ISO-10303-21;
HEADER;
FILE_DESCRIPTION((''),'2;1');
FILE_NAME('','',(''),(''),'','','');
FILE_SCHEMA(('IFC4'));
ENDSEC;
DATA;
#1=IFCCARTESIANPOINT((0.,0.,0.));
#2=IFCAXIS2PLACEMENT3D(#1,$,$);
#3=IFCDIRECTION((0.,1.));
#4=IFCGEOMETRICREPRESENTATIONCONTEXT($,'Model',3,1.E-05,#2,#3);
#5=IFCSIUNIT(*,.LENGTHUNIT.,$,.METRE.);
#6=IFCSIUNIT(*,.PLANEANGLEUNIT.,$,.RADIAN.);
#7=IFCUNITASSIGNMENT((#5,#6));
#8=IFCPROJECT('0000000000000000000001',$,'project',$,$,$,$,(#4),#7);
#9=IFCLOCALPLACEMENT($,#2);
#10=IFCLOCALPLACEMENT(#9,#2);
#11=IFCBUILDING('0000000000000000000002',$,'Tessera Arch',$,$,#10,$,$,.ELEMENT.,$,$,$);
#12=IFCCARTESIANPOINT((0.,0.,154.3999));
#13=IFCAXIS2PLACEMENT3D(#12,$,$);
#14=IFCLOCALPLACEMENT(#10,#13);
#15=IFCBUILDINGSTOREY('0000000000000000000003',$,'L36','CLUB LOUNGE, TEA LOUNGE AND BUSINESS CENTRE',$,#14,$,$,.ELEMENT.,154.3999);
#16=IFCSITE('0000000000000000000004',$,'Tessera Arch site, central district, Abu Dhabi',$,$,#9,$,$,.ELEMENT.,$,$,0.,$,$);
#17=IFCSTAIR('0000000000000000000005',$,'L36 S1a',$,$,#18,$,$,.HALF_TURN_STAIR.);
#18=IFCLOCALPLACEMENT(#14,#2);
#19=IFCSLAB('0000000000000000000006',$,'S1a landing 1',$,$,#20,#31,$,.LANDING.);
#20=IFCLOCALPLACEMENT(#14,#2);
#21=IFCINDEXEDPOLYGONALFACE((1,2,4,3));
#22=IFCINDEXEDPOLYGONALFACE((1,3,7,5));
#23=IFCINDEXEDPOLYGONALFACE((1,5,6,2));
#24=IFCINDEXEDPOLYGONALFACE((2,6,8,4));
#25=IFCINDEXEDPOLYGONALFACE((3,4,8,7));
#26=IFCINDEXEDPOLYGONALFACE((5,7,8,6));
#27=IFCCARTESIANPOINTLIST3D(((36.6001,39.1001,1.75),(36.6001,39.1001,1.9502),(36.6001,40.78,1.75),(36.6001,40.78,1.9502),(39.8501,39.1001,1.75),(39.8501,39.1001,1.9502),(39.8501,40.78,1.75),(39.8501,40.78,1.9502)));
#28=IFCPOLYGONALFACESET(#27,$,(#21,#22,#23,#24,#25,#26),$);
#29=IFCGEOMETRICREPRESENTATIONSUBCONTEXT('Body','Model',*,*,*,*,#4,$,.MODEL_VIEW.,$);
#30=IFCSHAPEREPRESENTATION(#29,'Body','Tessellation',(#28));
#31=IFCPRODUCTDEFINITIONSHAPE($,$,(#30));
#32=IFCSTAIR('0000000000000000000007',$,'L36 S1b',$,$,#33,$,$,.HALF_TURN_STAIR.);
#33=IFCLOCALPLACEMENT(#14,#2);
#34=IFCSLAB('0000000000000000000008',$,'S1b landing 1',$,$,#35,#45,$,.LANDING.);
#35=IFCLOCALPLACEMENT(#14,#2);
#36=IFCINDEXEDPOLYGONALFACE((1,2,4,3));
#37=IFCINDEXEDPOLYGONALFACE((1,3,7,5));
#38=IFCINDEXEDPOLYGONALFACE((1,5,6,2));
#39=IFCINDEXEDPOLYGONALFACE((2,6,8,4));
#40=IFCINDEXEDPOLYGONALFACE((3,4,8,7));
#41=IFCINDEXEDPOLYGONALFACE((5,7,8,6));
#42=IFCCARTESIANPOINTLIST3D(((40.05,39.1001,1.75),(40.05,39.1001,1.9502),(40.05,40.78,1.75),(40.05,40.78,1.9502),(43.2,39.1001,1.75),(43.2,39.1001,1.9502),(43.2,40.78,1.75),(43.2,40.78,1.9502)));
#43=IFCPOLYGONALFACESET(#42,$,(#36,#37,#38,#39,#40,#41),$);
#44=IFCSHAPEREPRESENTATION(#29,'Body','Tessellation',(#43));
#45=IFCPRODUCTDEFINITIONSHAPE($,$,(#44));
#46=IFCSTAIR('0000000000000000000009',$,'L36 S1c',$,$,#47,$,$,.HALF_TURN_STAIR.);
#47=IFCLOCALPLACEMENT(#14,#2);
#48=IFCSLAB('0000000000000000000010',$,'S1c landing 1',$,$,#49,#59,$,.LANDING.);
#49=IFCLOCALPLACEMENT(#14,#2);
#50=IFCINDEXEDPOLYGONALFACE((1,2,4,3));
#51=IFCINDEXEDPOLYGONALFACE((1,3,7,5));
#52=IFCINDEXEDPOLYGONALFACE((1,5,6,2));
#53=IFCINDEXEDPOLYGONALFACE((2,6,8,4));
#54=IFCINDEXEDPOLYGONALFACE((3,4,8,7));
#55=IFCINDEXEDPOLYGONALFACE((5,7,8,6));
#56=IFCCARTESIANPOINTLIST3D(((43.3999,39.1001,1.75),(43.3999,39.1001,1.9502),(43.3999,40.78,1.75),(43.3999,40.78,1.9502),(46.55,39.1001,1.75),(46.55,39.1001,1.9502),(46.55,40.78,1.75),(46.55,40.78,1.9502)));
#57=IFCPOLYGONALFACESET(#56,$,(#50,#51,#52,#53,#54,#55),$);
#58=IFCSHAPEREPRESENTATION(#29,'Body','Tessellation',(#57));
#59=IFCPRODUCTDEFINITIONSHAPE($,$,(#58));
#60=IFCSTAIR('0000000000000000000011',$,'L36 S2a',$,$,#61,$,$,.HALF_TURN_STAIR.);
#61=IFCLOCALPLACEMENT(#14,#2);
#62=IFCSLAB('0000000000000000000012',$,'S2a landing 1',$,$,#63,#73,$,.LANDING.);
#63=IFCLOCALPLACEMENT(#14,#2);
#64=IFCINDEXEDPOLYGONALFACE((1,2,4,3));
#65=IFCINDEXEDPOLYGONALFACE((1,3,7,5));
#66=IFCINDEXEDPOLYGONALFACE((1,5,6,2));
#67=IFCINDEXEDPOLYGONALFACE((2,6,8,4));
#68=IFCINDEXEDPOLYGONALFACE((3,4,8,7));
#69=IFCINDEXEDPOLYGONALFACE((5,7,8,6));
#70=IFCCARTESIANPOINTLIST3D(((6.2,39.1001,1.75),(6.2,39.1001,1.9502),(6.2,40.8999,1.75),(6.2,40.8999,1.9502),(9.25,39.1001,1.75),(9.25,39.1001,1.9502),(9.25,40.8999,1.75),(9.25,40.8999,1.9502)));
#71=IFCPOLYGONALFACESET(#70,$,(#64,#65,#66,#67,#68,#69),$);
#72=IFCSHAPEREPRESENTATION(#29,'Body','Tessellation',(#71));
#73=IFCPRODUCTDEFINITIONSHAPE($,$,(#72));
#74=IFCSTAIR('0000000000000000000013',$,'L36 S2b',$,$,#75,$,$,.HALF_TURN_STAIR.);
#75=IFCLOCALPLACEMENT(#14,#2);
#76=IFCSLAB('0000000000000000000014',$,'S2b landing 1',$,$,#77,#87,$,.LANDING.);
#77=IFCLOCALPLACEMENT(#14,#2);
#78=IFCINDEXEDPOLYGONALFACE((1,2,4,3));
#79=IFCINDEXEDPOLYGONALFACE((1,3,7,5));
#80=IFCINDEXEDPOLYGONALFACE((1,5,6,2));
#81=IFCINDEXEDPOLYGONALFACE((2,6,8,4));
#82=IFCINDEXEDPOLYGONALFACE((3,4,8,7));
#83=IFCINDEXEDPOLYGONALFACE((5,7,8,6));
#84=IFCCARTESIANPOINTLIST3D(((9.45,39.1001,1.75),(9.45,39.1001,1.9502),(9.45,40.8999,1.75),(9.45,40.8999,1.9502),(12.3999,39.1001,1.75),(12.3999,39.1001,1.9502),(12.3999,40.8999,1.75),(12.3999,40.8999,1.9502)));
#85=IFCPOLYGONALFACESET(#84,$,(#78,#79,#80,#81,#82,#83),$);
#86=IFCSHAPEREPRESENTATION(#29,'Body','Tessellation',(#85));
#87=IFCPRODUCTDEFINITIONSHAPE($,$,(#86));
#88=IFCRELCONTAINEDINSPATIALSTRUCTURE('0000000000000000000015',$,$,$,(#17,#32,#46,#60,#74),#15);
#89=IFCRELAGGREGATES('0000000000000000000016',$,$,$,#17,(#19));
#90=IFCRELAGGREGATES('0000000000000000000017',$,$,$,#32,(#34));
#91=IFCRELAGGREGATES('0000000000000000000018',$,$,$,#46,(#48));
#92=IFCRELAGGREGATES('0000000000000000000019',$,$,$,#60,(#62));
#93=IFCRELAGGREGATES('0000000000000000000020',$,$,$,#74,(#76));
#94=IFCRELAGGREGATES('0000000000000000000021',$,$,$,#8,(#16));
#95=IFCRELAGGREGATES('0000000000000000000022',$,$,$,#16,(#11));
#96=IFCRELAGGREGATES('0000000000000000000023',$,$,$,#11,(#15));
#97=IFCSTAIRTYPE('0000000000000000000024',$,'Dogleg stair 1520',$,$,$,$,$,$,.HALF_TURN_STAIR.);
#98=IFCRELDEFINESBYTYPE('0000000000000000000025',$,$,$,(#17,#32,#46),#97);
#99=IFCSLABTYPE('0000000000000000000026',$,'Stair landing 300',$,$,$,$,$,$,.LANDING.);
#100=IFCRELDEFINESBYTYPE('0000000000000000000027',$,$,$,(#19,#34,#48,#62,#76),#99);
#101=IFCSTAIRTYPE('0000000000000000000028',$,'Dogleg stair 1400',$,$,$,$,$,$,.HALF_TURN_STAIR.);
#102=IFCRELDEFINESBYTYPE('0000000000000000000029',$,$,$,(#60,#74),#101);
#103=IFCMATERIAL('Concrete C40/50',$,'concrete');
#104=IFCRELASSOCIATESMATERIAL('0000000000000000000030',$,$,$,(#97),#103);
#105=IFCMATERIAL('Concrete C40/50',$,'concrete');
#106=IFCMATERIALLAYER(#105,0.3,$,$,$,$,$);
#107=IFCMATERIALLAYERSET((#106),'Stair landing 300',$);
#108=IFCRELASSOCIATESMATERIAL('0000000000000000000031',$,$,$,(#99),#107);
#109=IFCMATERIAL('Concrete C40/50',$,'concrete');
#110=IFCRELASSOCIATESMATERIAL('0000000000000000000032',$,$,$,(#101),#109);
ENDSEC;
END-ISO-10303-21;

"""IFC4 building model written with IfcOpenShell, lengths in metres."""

from ifc_helpers import new_model, si_unit, direction, frame, origin, place, context, subcontext, project, spatial, polyline, outline, extrude, material, layer, layer_set, type_object, element, aggregate, save


model = new_model("IFC4")

# Units and contexts
model_context = context("Model", 3, precision=1e-05, world=origin(), true_north=direction((0.0, 1.0)))
body_context = subcontext(model_context, "Body", "Model", "MODEL_VIEW")
ifc_project = project(units=[si_unit("LENGTHUNIT", "METRE"), si_unit("PLANEANGLEUNIT", "RADIAN")], contexts=[model_context])

# Site, building, storey
site_placement = place(None, origin())
site = spatial("IfcSite", under=ifc_project, at=site_placement, Name="Tessera Arch site, central district, Abu Dhabi", CompositionType="ELEMENT", RefElevation=0.0)
building_placement = place(site_placement, origin())
building = spatial("IfcBuilding", under=site, at=building_placement, Name="Tessera Arch", CompositionType="ELEMENT")
storey_placement = place(building_placement, frame((0.0, 0.0, 154.3999)))
storey = spatial("IfcBuildingStorey", under=building, at=storey_placement, Name="L36", Description="CLUB LOUNGE, TEA LOUNGE AND BUSINESS CENTRE", CompositionType="ELEMENT", Elevation=154.3999)

# Stairs, slabs
ifc_material_1 = material(Name="Concrete C40/50", Category="concrete")
stair_type_1 = type_object("IfcStairType", Name="Dogleg stair 1520", PredefinedType="HALF_TURN_STAIR", material=ifc_material_1)
stair_1_placement = place(storey_placement, origin())
stair_1 = element("IfcStair", 1, at=stair_1_placement, inside=storey, type_object=stair_type_1, Name="L36 S1a", PredefinedType="HALF_TURN_STAIR")
ifc_material_2 = material(Name="Concrete C40/50", Category="concrete")
ifc_layer_1 = layer(ifc_material_2, 0.3)
ifc_layer_set_1 = layer_set([ifc_layer_1], Name="Stair landing 300")
slab_type_1 = type_object("IfcSlabType", Name="Stair landing 300", PredefinedType="LANDING", material=ifc_layer_set_1)
slab_1_placement = place(storey_placement, frame((0.0, 0.0, 1.75)))
slab_1 = element("IfcSlab", 2, at=slab_1_placement, type_object=slab_type_1, Name="S1a landing 1", PredefinedType="LANDING", context=body_context, shape_type="SweptSolid", body=[
    extrude(outline(polyline([(36.6001, 40.78), (36.6001, 39.1001), (39.8501, 39.1001), (39.8501, 40.78), (36.6001, 40.78)])), origin(), (0.0, 0.0, 1.0), 0.2002),
])
aggregate(stair_1, [slab_1])
stair_2_placement = place(storey_placement, origin())
stair_2 = element("IfcStair", 3, at=stair_2_placement, inside=storey, type_object=stair_type_1, Name="L36 S1b", PredefinedType="HALF_TURN_STAIR")
slab_2_placement = place(storey_placement, frame((0.0, 0.0, 1.75)))
slab_2 = element("IfcSlab", 4, at=slab_2_placement, type_object=slab_type_1, Name="S1b landing 1", PredefinedType="LANDING", context=body_context, shape_type="SweptSolid", body=[
    extrude(outline(polyline([(40.05, 40.78), (40.05, 39.1001), (43.2, 39.1001), (43.2, 40.78), (40.05, 40.78)])), origin(), (0.0, 0.0, 1.0), 0.2002),
])
aggregate(stair_2, [slab_2])
stair_3_placement = place(storey_placement, origin())
stair_3 = element("IfcStair", 5, at=stair_3_placement, inside=storey, type_object=stair_type_1, Name="L36 S1c", PredefinedType="HALF_TURN_STAIR")
slab_3_placement = place(storey_placement, frame((0.0, 0.0, 1.75)))
slab_3 = element("IfcSlab", 6, at=slab_3_placement, type_object=slab_type_1, Name="S1c landing 1", PredefinedType="LANDING", context=body_context, shape_type="SweptSolid", body=[
    extrude(outline(polyline([(43.3999, 40.78), (43.3999, 39.1001), (46.55, 39.1001), (46.55, 40.78), (43.3999, 40.78)])), origin(), (0.0, 0.0, 1.0), 0.2002),
])
aggregate(stair_3, [slab_3])
ifc_material_3 = material(Name="Concrete C40/50", Category="concrete")
stair_type_2 = type_object("IfcStairType", Name="Dogleg stair 1400", PredefinedType="HALF_TURN_STAIR", material=ifc_material_3)
stair_4_placement = place(storey_placement, origin())
stair_4 = element("IfcStair", 7, at=stair_4_placement, inside=storey, type_object=stair_type_2, Name="L36 S2a", PredefinedType="HALF_TURN_STAIR")
slab_4_placement = place(storey_placement, frame((0.0, 0.0, 1.75)))
slab_4 = element("IfcSlab", 8, at=slab_4_placement, type_object=slab_type_1, Name="S2a landing 1", PredefinedType="LANDING", context=body_context, shape_type="SweptSolid", body=[
    extrude(outline(polyline([(6.2, 40.8999), (6.2, 39.1001), (9.25, 39.1001), (9.25, 40.8999), (6.2, 40.8999)])), origin(), (0.0, 0.0, 1.0), 0.2002),
])
aggregate(stair_4, [slab_4])
stair_5_placement = place(storey_placement, origin())
stair_5 = element("IfcStair", 9, at=stair_5_placement, inside=storey, type_object=stair_type_2, Name="L36 S2b", PredefinedType="HALF_TURN_STAIR")
slab_5_placement = place(storey_placement, frame((0.0, 0.0, 1.75)))
slab_5 = element("IfcSlab", 10, at=slab_5_placement, type_object=slab_type_1, Name="S2b landing 1", PredefinedType="LANDING", context=body_context, shape_type="SweptSolid", body=[
    extrude(outline(polyline([(9.45, 40.8999), (9.45, 39.1001), (12.3999, 39.1001), (12.3999, 40.8999), (9.45, 40.8999)])), origin(), (0.0, 0.0, 1.0), 0.2002),
])
aggregate(stair_5, [slab_5])

save(model, "model.ifc")
